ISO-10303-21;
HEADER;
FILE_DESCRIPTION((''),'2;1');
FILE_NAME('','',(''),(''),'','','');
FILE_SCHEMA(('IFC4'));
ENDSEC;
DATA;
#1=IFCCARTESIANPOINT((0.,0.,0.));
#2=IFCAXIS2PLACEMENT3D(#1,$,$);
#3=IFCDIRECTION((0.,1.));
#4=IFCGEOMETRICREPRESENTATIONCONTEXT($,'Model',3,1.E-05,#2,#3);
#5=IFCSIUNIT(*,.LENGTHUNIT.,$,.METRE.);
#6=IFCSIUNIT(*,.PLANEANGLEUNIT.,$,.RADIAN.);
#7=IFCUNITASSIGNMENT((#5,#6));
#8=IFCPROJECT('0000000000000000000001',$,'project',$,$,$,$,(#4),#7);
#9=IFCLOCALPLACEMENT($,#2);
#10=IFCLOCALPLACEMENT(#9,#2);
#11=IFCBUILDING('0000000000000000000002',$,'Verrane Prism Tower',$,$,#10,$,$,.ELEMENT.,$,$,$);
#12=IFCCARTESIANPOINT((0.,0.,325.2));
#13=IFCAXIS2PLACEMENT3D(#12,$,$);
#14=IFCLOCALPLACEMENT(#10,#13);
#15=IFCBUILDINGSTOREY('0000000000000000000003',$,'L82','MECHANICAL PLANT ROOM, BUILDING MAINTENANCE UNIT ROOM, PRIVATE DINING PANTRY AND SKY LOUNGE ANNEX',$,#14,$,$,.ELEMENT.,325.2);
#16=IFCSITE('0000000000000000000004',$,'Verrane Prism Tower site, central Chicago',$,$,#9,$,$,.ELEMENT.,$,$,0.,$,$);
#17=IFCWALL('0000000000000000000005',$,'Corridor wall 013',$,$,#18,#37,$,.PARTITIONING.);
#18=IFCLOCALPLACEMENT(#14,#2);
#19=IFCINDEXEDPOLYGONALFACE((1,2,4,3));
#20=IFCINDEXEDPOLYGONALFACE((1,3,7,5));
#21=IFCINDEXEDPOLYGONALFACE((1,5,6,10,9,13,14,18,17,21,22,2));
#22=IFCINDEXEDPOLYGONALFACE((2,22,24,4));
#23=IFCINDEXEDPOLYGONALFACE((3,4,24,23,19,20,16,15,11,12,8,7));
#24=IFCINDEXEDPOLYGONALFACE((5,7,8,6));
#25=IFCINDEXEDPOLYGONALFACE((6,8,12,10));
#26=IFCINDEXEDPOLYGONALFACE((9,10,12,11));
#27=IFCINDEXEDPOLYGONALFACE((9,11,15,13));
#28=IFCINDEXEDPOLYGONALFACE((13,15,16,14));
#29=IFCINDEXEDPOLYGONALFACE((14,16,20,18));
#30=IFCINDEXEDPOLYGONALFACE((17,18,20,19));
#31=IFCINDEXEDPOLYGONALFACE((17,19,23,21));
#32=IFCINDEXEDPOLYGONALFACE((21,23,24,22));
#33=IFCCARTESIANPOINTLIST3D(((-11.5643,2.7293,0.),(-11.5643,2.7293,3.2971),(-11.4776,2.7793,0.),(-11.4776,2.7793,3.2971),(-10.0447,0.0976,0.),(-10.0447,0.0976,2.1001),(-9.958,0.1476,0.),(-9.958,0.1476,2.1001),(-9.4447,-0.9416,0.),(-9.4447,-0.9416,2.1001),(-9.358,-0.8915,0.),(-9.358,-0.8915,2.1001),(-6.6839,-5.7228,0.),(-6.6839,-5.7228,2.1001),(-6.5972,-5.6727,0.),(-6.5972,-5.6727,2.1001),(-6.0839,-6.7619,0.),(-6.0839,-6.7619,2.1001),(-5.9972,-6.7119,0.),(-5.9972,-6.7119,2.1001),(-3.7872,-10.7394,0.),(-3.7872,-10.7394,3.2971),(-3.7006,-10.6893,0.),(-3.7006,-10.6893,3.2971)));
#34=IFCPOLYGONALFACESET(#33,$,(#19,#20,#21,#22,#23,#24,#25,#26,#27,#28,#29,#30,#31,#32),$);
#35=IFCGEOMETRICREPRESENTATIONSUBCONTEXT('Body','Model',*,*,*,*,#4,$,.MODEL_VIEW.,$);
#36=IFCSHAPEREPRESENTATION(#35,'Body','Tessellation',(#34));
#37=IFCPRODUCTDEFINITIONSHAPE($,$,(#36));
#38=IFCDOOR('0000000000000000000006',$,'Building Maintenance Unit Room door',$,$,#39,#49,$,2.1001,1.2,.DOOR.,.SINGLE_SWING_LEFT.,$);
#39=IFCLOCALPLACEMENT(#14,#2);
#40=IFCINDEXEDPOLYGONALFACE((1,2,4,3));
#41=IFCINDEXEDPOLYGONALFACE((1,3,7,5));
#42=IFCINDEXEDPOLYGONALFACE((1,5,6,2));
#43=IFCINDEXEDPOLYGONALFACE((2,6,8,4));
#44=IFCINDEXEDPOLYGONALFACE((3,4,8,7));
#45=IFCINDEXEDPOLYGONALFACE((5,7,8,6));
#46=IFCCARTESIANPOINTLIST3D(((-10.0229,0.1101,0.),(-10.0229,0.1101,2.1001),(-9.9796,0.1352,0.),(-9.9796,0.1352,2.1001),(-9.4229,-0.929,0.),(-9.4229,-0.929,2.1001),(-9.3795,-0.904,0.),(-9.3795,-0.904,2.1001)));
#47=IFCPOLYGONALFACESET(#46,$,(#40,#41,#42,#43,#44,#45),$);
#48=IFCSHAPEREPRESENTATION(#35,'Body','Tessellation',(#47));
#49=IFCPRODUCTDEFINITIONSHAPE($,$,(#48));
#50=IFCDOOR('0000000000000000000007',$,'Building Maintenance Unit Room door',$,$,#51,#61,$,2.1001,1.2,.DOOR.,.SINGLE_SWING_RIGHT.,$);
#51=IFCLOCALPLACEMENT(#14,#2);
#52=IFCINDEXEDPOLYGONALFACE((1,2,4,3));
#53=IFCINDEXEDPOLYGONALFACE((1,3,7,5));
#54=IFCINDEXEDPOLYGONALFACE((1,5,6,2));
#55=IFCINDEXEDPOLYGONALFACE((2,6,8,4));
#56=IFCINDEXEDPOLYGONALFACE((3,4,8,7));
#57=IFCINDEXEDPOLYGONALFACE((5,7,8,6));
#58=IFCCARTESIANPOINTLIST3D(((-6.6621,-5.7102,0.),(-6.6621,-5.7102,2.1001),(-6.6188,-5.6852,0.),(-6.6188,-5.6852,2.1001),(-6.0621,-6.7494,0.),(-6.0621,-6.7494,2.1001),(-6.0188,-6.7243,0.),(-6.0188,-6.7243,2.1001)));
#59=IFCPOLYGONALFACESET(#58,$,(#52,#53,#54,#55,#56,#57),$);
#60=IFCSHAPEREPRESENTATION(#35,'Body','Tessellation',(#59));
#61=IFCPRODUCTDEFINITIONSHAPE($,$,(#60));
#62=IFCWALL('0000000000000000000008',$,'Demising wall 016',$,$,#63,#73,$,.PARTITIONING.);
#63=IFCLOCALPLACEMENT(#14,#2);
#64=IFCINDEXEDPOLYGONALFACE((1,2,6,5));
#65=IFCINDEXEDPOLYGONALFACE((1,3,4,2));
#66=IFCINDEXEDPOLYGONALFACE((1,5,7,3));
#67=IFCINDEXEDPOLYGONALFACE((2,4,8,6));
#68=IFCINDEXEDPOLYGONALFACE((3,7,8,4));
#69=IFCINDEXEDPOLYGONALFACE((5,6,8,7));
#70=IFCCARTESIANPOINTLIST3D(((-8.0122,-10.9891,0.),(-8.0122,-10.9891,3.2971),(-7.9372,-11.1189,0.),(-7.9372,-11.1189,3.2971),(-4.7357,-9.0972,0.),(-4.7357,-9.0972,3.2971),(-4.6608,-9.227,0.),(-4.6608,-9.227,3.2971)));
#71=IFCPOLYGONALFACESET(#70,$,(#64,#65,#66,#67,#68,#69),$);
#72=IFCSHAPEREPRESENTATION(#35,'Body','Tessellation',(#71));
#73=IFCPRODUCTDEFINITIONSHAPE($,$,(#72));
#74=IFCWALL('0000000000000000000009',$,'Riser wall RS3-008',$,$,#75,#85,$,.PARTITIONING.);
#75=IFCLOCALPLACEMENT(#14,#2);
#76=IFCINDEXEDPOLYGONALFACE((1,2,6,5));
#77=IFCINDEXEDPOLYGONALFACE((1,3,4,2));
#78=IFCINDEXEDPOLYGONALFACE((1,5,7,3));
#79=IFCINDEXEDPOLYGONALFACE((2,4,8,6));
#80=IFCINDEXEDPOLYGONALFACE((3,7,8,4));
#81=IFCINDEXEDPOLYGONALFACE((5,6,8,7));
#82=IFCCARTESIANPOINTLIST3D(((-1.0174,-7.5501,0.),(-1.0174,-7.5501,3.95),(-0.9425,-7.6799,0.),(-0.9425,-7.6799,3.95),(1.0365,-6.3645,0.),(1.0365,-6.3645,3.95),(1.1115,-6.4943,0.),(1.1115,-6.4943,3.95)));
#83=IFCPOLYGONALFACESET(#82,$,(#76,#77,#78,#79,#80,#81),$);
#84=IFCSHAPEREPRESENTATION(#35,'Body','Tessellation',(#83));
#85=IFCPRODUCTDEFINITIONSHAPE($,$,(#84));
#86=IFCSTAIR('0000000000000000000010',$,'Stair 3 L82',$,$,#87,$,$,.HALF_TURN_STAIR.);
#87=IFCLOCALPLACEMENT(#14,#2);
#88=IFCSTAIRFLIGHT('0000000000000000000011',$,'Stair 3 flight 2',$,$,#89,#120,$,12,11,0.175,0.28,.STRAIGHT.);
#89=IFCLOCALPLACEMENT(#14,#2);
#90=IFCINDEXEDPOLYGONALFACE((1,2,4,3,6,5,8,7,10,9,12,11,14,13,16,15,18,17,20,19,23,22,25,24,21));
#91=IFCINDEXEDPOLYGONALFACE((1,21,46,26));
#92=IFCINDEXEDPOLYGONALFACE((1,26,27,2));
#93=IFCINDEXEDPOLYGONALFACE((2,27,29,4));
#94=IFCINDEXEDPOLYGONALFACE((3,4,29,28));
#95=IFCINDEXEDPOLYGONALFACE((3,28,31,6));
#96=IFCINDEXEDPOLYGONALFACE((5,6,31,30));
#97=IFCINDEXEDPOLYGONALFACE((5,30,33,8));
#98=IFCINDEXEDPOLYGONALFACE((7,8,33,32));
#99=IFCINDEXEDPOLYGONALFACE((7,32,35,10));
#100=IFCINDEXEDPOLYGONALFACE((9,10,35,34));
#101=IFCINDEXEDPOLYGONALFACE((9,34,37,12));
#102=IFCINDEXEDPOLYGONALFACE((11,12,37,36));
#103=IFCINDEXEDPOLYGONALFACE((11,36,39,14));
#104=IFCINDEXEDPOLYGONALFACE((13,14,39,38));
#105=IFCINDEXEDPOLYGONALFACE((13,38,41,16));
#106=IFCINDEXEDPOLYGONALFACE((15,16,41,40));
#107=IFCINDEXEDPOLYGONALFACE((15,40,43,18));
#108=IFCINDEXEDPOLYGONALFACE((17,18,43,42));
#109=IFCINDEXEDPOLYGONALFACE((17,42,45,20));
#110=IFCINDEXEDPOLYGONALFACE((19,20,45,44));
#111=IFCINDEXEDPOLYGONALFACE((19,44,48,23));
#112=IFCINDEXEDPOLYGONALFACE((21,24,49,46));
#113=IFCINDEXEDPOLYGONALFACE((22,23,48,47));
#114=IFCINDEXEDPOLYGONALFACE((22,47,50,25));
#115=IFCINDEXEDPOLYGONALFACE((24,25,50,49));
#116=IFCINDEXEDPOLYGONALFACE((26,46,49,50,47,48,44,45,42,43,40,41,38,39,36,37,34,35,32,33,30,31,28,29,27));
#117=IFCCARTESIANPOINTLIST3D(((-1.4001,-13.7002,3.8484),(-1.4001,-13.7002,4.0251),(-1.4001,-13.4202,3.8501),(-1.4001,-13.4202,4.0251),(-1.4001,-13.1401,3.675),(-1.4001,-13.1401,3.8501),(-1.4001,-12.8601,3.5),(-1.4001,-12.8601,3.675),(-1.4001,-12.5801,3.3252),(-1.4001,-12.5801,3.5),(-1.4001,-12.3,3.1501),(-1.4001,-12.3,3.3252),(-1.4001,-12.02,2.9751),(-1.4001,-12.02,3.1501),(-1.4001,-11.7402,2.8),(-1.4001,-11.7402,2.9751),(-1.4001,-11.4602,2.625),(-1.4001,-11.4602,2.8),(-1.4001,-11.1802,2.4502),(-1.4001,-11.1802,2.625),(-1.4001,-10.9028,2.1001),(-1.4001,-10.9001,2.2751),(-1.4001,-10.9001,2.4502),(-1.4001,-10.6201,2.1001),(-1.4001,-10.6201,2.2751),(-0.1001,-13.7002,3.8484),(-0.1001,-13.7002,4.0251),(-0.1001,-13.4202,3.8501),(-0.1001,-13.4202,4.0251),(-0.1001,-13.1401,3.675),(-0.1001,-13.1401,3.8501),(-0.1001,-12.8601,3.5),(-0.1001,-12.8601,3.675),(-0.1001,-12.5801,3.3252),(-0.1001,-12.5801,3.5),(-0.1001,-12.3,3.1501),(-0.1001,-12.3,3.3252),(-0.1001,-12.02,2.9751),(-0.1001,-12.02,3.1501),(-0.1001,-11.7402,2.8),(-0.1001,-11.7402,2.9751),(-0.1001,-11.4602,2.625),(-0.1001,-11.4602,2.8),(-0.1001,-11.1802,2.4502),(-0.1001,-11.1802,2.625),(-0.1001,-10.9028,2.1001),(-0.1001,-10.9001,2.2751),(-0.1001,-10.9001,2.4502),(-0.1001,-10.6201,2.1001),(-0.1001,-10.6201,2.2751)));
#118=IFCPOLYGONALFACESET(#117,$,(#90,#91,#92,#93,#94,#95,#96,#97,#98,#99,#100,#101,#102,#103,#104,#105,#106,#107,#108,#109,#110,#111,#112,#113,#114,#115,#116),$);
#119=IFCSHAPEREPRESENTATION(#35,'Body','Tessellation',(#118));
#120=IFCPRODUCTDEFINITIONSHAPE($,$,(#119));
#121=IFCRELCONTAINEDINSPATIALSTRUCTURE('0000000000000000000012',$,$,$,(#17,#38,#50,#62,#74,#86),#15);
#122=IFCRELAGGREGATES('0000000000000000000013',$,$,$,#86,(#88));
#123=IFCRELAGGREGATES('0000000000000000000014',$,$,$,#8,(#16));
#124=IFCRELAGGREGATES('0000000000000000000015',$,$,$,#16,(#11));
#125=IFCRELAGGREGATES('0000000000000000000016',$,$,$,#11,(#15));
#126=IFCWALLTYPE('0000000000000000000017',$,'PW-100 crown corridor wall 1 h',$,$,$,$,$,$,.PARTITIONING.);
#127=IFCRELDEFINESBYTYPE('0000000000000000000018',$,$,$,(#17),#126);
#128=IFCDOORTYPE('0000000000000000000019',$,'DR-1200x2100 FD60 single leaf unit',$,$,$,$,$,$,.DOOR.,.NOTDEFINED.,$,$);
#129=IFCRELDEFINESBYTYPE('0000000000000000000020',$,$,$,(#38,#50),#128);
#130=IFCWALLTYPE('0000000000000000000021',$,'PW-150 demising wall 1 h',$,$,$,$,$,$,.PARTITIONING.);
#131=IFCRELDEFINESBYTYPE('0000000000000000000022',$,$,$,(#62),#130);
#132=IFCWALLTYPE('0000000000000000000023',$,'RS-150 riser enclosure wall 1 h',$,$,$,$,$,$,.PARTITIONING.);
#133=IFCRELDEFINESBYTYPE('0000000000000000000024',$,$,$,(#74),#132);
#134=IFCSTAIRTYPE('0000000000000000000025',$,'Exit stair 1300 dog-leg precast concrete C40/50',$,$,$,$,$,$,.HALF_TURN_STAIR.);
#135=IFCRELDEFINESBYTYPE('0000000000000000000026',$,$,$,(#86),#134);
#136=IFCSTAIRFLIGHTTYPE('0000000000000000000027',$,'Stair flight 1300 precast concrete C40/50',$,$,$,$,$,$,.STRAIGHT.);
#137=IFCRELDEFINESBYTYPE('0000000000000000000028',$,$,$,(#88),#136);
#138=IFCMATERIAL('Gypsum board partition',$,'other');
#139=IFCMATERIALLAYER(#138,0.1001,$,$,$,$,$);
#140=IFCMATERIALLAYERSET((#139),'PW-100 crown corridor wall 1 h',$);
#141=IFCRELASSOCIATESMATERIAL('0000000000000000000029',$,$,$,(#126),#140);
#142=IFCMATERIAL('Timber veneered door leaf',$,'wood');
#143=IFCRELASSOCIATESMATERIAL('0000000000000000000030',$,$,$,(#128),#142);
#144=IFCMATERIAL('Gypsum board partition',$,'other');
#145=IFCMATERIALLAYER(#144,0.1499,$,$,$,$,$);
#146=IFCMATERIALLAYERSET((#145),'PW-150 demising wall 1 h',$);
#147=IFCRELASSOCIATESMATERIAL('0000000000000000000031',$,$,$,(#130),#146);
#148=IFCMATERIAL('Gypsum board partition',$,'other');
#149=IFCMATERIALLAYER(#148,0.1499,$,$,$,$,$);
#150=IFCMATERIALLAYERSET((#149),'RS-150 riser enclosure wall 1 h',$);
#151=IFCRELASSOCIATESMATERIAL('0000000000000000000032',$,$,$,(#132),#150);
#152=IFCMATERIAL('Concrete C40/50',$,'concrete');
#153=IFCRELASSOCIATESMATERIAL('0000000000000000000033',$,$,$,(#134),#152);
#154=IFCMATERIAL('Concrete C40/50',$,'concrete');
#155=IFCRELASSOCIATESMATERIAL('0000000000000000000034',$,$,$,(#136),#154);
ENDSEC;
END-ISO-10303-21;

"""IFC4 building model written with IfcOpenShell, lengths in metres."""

from ifc_helpers import new_model, si_unit, direction, frame, frame_2d, origin, place, context, subcontext, project, spatial, polyline, rectangle, outline, extrude, material, layer, layer_set, type_object, element, fill, aggregate, save


model = new_model("IFC4")

# Units and contexts
model_context = context("Model", 3, precision=1e-05, world=origin(), true_north=direction((0.0, 1.0)))
body_context = subcontext(model_context, "Body", "Model", "MODEL_VIEW")
ifc_project = project(units=[si_unit("LENGTHUNIT", "METRE"), si_unit("PLANEANGLEUNIT", "RADIAN")], contexts=[model_context])

# Site, building, storey
site_placement = place(None, origin())
site = spatial("IfcSite", under=ifc_project, at=site_placement, Name="Verrane Prism Tower site, central Chicago", CompositionType="ELEMENT", RefElevation=0.0)
building_placement = place(site_placement, origin())
building = spatial("IfcBuilding", under=site, at=building_placement, Name="Verrane Prism Tower", CompositionType="ELEMENT")
storey_placement = place(building_placement, frame((0.0, 0.0, 325.2)))
storey = spatial("IfcBuildingStorey", under=building, at=storey_placement, Name="L82", Description="MECHANICAL PLANT ROOM, BUILDING MAINTENANCE UNIT ROOM, PRIVATE DINING PANTRY AND SKY LOUNGE ANNEX", CompositionType="ELEMENT", Elevation=325.2)

# Wall, openings, doors
ifc_material_1 = material(Name="Gypsum board partition", Category="other")
ifc_layer_1 = layer(ifc_material_1, 0.1001)
ifc_layer_set_1 = layer_set([ifc_layer_1], Name="PW-100 crown corridor wall 1 h")
wall_type_1 = type_object("IfcWallType", Name="PW-100 crown corridor wall 1 h", PredefinedType="PARTITIONING", material=ifc_layer_set_1)
wall_1_placement = place(storey_placement, frame((-3.7439, -10.7144, 0.0), z_axis=(0.0, 0.0, 1.0), x_axis=(-0.500044, 0.866, 0.0)))
wall_1 = element("IfcWall", 1, at=wall_1_placement, inside=storey, type_object=wall_type_1, Name="Corridor wall 013", PredefinedType="PARTITIONING", context=body_context, shape_type="SweptSolid", body=[
    extrude(rectangle(XDim=15.5527, YDim=0.1001, at=frame_2d((7.7764, 0.0))), origin(), (0.0, 0.0, 1.0), 3.2971),
])
opening_1_placement = place(wall_1_placement, frame((11.3137, 0.0, 0.0)))
opening_1 = element("IfcOpeningElement", 2, at=opening_1_placement, cuts=wall_1, PredefinedType="OPENING", context=body_context, shape_type="SweptSolid", body=[
    extrude(rectangle(XDim=1.2, YDim=2.1001, at=frame_2d((0.6001, 1.05))), frame((0.0, 0.0601, 0.0), z_axis=(0.0, -1.0, 0.0), x_axis=(1.0, 0.0, 0.0)), (0.0, 0.0, 1.0), 0.1201),
])
opening_2_placement = place(wall_1_placement, frame((4.5928, 0.0, 0.0)))
opening_2 = element("IfcOpeningElement", 3, at=opening_2_placement, cuts=wall_1, PredefinedType="OPENING", context=body_context, shape_type="SweptSolid", body=[
    extrude(rectangle(XDim=1.2, YDim=2.1001, at=frame_2d((0.6001, 1.05))), frame((0.0, 0.0601, 0.0), z_axis=(0.0, -1.0, 0.0), x_axis=(1.0, 0.0, 0.0)), (0.0, 0.0, 1.0), 0.1201),
])
ifc_material_2 = material(Name="Timber veneered door leaf", Category="wood")
door_type_1 = type_object("IfcDoorType", Name="DR-1200x2100 FD60 single leaf unit", OperationType="NOTDEFINED", PredefinedType="DOOR", material=ifc_material_2)
door_1_placement = place(opening_1_placement, origin())
door_1 = element("IfcDoor", 4, at=door_1_placement, inside=storey, type_object=door_type_1, Name="Building Maintenance Unit Room door", OperationType="SINGLE_SWING_LEFT", OverallHeight=2.1001, OverallWidth=1.2, PredefinedType="DOOR", context=body_context, shape_type="SweptSolid", body=[
    extrude(rectangle(XDim=1.2, YDim=2.1001, at=frame_2d((0.6001, 1.05))), frame((0.0, 0.0249, 0.0), z_axis=(0.0, -1.0, 0.0), x_axis=(1.0, 0.0, 0.0)), (0.0, 0.0, 1.0), 0.05),
])
fill(opening_1, door_1)
door_2_placement = place(opening_2_placement, origin())
door_2 = element("IfcDoor", 5, at=door_2_placement, inside=storey, type_object=door_type_1, Name="Building Maintenance Unit Room door", OperationType="SINGLE_SWING_RIGHT", OverallHeight=2.1001, OverallWidth=1.2, PredefinedType="DOOR", context=body_context, shape_type="SweptSolid", body=[
    extrude(rectangle(XDim=1.2, YDim=2.1001, at=frame_2d((0.6001, 1.05))), frame((0.0, 0.0249, 0.0), z_axis=(0.0, -1.0, 0.0), x_axis=(1.0, 0.0, 0.0)), (0.0, 0.0, 1.0), 0.05),
])
fill(opening_2, door_2)

# Walls
ifc_material_3 = material(Name="Gypsum board partition", Category="other")
ifc_layer_2 = layer(ifc_material_3, 0.1499)
ifc_layer_set_2 = layer_set([ifc_layer_2], Name="PW-150 demising wall 1 h")
wall_type_2 = type_object("IfcWallType", Name="PW-150 demising wall 1 h", PredefinedType="PARTITIONING", material=ifc_layer_set_2)
wall_2_placement = place(storey_placement, frame((-7.9746, -11.054, 0.0), z_axis=(0.0, 0.0, 1.0), x_axis=(0.865999, 0.500046, 0.0)))
element("IfcWall", 6, at=wall_2_placement, inside=storey, type_object=wall_type_2, Name="Demising wall 016", PredefinedType="PARTITIONING", context=body_context, shape_type="SweptSolid", body=[
    extrude(rectangle(XDim=3.7834, YDim=0.1499, at=frame_2d((1.8916, 0.0))), origin(), (0.0, 0.0, 1.0), 3.2971),
])
ifc_material_4 = material(Name="Gypsum board partition", Category="other")
ifc_layer_3 = layer(ifc_material_4, 0.1499)
ifc_layer_set_3 = layer_set([ifc_layer_3], Name="RS-150 riser enclosure wall 1 h")
wall_type_3 = type_object("IfcWallType", Name="RS-150 riser enclosure wall 1 h", PredefinedType="PARTITIONING", material=ifc_layer_set_3)
wall_3_placement = place(storey_placement, frame((-0.98, -7.615, 0.0), z_axis=(0.0, 0.0, 1.0), x_axis=(0.866081, 0.499904, 0.0)))
element("IfcWall", 7, at=wall_3_placement, inside=storey, type_object=wall_type_3, Name="Riser wall RS3-008", PredefinedType="PARTITIONING", context=body_context, shape_type="SweptSolid", body=[
    extrude(rectangle(XDim=2.3716, YDim=0.1499, at=frame_2d((1.1858, 0.0))), origin(), (0.0, 0.0, 1.0), 3.95),
])

# Stair, stair flight
ifc_material_5 = material(Name="Concrete C40/50", Category="concrete")
stair_type = type_object("IfcStairType", Name="Exit stair 1300 dog-leg precast concrete C40/50", PredefinedType="HALF_TURN_STAIR", material=ifc_material_5)
stair_placement = place(storey_placement, origin())
stair = element("IfcStair", 8, at=stair_placement, inside=storey, type_object=stair_type, Name="Stair 3 L82", PredefinedType="HALF_TURN_STAIR")
ifc_material_6 = material(Name="Concrete C40/50", Category="concrete")
stair_flight_type = type_object("IfcStairFlightType", Name="Stair flight 1300 precast concrete C40/50", PredefinedType="STRAIGHT", material=ifc_material_6)
stair_flight_placement = place(storey_placement, frame((-0.75, -10.6201, 2.1001), z_axis=(0.0, 0.0, 1.0), x_axis=(0.0, -1.0, 0.0)))
stair_flight = element("IfcStairFlight", 9, at=stair_flight_placement, type_object=stair_flight_type, Name="Stair 3 flight 2", NumberOfRisers=12, NumberOfTreads=11, PredefinedType="STRAIGHT", RiserHeight=0.175, TreadLength=0.28, context=body_context, shape_type="SweptSolid", body=[
    extrude(outline(polyline([(0.0, 0.0), (0.0, 0.175), (0.28, 0.175), (0.28, 0.3501), (0.5601, 0.3501), (0.5601, 0.5249), (0.8401, 0.5249), (0.8401, 0.7), (1.1201, 0.7), (1.1201, 0.875), (1.3999, 0.875), (1.3999, 1.05), (1.6799, 1.05), (1.6799, 1.2251), (1.96, 1.2251), (1.96, 1.3999), (2.24, 1.3999), (2.24, 1.575), (2.52, 1.575), (2.52, 1.75), (2.8, 1.75), (2.8, 1.925), (3.0801, 1.925), (3.0801, 2.1001), (3.0801, 1.7483), (0.2827, 0.0), (0.0, 0.0)])), frame((0.0, 0.6499, 0.0), z_axis=(0.0, -1.0, 0.0), x_axis=(1.0, 0.0, 0.0)), (0.0, 0.0, 1.0), 1.3),
])
aggregate(stair, [stair_flight])

save(model, "model.ifc")
